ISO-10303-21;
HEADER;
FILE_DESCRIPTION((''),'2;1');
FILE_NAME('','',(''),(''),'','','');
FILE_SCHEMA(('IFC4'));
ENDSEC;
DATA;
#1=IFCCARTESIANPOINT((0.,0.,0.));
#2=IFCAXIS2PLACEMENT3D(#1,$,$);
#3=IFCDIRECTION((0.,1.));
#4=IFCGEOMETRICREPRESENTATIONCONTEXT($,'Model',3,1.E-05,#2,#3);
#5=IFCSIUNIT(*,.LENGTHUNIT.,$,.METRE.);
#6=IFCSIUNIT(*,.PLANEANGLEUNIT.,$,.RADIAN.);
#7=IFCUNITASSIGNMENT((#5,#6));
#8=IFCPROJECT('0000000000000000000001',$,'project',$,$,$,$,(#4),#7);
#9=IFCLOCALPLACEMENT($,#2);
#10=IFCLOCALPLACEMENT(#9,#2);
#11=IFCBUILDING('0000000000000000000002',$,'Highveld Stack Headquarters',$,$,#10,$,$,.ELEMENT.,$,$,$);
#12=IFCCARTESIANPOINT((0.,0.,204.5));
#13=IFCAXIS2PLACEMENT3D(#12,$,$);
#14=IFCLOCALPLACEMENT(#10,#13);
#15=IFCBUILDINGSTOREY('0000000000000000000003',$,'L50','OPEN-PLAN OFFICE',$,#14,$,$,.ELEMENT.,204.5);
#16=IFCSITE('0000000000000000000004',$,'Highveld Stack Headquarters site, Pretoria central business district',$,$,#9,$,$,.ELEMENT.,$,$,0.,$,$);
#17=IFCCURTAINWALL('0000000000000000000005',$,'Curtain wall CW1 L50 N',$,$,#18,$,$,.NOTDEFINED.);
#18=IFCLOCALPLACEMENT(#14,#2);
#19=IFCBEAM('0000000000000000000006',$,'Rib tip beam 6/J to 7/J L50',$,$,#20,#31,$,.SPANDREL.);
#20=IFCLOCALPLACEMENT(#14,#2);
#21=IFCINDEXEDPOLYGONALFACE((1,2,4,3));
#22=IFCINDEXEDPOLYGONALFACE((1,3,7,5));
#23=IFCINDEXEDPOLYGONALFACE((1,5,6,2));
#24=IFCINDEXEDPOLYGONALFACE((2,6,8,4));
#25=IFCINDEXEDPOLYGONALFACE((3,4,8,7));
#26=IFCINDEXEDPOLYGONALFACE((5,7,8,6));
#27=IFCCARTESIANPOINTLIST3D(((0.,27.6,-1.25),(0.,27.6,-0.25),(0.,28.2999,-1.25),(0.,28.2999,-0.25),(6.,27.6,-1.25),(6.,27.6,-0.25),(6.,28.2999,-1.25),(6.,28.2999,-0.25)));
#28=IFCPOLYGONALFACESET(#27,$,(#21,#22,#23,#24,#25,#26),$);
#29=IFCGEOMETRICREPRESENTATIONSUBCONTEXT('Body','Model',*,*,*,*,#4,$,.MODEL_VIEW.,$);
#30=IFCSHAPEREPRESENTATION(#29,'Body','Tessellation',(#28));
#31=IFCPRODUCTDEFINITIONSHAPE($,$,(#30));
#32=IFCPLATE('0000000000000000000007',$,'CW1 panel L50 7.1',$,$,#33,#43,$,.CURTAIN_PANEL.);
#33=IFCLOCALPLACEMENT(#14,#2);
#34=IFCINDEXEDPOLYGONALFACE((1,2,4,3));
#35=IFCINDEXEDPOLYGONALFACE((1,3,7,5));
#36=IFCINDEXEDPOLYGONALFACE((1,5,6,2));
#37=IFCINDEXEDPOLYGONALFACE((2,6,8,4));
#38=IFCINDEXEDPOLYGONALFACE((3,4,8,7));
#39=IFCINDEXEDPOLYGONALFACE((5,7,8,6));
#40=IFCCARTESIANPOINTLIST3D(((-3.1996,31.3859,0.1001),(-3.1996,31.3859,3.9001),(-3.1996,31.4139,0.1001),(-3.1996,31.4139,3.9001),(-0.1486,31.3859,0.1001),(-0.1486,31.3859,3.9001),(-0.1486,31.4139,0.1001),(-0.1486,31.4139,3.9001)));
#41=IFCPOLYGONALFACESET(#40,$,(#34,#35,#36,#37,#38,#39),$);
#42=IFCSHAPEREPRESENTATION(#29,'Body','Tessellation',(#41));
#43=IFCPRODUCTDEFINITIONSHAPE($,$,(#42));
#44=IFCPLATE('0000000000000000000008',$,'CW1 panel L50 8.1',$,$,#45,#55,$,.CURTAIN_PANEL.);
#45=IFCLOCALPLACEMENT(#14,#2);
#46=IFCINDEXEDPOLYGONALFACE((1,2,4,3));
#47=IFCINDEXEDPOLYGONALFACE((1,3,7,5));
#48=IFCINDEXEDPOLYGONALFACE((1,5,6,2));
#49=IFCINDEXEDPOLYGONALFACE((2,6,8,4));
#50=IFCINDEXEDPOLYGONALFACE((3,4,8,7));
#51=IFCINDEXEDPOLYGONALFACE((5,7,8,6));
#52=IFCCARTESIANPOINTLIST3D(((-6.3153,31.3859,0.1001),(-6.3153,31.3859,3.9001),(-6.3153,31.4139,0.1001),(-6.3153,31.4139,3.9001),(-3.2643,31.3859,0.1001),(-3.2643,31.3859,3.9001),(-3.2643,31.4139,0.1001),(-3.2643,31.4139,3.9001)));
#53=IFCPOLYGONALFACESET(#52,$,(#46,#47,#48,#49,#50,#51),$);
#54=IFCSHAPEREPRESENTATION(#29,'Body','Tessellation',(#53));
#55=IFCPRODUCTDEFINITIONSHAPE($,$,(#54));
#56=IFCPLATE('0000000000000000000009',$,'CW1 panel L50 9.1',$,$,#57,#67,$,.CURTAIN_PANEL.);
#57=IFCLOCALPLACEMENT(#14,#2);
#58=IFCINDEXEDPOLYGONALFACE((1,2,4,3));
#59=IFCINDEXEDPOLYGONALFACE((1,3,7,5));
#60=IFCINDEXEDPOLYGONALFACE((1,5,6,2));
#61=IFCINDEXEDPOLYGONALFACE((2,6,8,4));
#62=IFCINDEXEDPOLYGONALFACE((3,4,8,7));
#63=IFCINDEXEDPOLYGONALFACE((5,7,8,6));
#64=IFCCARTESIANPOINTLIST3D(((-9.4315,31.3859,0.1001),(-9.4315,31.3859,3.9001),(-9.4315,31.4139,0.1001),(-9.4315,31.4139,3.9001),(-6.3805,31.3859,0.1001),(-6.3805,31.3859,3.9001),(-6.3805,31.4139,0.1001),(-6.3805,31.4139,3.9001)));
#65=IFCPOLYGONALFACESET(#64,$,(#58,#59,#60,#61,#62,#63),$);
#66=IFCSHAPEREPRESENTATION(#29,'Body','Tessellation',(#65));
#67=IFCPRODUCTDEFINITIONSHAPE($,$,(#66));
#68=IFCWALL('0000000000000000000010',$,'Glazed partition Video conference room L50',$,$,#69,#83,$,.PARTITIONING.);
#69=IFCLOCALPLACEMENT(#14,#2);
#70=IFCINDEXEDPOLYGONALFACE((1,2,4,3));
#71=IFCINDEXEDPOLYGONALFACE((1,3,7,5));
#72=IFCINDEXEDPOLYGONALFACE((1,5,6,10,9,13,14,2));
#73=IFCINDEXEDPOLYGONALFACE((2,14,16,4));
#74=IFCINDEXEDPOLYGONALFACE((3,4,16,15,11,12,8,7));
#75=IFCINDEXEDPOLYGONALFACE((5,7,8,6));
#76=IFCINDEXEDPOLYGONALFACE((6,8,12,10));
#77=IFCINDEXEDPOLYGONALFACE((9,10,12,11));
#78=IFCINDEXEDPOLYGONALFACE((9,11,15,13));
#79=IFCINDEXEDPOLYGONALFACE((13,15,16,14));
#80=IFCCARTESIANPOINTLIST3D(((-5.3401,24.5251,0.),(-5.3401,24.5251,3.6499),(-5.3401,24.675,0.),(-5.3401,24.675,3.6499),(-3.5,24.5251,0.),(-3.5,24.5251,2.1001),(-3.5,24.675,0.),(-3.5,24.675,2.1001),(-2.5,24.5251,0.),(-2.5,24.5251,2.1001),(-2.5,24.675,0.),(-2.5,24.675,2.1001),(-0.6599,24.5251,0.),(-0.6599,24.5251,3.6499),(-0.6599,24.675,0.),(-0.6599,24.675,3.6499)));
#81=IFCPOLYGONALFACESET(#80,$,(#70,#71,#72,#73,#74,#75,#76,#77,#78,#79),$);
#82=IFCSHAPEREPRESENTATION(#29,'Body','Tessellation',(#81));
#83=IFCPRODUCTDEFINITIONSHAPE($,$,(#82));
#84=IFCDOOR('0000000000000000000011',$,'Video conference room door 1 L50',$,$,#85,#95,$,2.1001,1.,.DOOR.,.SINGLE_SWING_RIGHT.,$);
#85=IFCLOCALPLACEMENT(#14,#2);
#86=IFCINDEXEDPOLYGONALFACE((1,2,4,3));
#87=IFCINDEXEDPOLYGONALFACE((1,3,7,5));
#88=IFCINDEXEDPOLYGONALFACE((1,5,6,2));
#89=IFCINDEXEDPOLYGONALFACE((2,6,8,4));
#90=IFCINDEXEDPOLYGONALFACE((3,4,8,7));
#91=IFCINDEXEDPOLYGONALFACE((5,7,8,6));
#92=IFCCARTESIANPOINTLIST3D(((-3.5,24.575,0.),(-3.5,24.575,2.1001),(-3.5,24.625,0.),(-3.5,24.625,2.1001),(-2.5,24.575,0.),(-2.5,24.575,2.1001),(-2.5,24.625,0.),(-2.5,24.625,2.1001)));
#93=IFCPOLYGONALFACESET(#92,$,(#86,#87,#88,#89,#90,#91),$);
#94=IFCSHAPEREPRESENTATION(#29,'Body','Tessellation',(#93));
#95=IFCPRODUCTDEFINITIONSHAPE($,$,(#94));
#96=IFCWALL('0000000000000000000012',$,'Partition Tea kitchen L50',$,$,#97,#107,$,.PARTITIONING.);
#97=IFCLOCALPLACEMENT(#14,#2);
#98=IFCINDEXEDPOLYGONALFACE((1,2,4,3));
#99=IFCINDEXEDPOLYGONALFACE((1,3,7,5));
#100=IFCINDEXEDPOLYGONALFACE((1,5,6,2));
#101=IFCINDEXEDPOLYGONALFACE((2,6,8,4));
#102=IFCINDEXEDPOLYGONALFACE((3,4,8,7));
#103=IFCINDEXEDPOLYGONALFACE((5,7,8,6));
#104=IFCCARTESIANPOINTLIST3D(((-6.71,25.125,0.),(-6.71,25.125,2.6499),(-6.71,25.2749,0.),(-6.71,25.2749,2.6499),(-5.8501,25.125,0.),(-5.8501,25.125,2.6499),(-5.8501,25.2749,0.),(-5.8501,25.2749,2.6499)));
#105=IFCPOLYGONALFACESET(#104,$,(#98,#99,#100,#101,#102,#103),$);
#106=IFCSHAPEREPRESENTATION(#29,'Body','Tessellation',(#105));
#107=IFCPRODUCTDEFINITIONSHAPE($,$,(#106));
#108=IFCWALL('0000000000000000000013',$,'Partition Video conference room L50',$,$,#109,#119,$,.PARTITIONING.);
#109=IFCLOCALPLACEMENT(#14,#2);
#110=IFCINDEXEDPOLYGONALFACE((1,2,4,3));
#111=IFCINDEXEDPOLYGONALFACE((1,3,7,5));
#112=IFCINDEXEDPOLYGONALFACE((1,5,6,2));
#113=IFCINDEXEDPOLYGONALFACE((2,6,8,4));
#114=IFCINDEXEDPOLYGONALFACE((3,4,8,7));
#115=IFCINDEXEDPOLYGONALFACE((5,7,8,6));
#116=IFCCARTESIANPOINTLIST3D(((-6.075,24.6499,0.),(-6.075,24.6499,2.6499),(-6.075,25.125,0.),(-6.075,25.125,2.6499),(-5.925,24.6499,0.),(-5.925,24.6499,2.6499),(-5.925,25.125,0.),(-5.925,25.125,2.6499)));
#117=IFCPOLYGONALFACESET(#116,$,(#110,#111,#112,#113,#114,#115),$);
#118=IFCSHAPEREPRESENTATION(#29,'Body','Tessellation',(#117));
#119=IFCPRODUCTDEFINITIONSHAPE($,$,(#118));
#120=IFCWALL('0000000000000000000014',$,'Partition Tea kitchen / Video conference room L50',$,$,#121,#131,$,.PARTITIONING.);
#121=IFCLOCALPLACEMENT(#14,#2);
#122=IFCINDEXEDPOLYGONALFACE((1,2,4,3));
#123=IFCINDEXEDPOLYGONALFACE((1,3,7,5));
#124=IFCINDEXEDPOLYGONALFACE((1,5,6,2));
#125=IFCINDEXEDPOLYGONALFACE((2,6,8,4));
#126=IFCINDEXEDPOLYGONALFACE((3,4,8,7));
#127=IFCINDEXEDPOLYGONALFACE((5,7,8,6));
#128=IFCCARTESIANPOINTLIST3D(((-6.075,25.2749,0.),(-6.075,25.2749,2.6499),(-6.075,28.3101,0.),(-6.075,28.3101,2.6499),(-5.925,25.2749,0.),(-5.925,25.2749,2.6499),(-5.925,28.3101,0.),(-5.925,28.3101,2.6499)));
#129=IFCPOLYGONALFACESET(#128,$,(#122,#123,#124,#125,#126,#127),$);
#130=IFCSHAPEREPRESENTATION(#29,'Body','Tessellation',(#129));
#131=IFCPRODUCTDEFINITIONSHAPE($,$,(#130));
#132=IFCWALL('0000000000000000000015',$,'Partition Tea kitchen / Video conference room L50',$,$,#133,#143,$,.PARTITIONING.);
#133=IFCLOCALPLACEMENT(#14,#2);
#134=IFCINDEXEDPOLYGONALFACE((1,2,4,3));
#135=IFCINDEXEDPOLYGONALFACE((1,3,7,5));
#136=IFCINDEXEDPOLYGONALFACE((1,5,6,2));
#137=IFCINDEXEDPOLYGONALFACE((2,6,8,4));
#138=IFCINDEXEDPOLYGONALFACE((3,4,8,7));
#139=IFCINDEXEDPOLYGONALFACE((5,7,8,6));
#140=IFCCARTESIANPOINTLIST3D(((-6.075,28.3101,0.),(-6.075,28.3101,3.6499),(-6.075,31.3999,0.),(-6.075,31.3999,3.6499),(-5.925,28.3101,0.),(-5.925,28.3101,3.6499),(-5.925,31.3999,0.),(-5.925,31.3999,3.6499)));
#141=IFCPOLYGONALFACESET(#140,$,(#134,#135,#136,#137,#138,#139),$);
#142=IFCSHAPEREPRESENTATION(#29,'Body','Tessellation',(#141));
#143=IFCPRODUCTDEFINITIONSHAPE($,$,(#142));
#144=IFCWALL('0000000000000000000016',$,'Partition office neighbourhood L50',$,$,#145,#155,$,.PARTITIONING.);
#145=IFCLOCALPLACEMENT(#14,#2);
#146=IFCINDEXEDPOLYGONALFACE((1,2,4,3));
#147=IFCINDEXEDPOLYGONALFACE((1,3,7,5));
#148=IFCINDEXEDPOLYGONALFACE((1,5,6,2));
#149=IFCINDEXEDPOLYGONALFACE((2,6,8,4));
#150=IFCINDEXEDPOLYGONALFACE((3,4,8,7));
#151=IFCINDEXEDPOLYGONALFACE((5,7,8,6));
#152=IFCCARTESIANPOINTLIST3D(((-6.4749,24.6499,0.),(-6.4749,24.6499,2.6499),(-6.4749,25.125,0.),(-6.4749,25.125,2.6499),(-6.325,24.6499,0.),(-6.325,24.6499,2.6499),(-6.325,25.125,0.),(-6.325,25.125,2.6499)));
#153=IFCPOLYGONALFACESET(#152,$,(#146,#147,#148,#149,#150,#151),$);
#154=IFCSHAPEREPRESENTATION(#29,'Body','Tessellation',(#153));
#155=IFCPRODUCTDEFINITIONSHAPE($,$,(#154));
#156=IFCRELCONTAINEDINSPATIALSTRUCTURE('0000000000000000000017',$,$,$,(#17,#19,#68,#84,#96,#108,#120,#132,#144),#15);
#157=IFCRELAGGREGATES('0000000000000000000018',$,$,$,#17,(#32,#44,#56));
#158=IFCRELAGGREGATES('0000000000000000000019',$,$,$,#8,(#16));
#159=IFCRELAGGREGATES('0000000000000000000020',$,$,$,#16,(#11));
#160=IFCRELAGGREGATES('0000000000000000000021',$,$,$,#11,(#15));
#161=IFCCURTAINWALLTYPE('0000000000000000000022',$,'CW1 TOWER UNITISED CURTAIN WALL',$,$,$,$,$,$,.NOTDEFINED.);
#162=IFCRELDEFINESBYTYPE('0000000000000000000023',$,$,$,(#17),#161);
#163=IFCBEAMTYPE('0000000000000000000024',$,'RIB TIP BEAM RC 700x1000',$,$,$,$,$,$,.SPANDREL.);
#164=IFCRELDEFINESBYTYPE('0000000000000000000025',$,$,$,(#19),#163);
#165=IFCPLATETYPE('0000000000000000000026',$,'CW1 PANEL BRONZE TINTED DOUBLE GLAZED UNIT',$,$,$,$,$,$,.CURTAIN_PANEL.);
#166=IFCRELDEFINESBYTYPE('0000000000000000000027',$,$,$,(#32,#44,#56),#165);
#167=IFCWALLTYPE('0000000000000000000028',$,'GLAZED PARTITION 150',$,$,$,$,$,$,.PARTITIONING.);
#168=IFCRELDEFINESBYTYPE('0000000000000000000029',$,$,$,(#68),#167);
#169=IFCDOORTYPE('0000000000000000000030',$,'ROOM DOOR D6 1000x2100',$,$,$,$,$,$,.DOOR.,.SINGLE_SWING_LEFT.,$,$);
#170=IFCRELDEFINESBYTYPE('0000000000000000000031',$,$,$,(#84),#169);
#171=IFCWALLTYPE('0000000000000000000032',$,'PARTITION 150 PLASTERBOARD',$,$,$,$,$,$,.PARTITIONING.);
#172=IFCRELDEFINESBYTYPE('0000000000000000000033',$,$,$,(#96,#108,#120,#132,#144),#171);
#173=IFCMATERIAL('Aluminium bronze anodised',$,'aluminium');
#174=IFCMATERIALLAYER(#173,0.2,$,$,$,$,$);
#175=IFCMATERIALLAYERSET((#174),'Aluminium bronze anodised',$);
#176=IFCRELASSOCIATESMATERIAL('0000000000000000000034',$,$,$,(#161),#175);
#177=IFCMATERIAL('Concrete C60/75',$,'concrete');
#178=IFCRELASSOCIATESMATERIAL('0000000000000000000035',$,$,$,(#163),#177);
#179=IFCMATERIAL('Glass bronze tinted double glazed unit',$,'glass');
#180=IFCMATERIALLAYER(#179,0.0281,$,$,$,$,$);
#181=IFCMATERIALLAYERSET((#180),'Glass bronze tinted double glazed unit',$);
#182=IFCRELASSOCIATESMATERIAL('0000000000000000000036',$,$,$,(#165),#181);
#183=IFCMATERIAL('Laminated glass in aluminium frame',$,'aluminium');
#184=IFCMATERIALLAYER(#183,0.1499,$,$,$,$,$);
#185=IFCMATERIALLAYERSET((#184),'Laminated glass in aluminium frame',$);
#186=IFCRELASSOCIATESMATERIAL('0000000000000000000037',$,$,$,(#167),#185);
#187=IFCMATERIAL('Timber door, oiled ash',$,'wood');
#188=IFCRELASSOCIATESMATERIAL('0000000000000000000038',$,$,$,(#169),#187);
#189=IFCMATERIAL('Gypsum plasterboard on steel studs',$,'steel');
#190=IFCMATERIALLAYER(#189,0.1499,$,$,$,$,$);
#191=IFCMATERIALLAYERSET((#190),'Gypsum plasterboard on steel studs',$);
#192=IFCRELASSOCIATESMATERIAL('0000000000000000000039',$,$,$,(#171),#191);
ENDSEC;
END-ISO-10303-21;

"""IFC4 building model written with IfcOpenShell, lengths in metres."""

from ifc_helpers import new_model, si_unit, direction, frame, frame_2d, origin, origin_2d, place, context, subcontext, project, spatial, rectangle, extrude, material, layer, layer_set, material_profile, profile_set, type_object, element, fill, aggregate, save


model = new_model("IFC4")

# Units and contexts
model_context = context("Model", 3, precision=1e-05, world=origin(), true_north=direction((0.0, 1.0)))
body_context = subcontext(model_context, "Body", "Model", "MODEL_VIEW")
ifc_project = project(units=[si_unit("LENGTHUNIT", "METRE"), si_unit("PLANEANGLEUNIT", "RADIAN")], contexts=[model_context])

# Site, building, storey
site_placement = place(None, origin())
site = spatial("IfcSite", under=ifc_project, at=site_placement, Name="Highveld Stack Headquarters site, Pretoria central business district", CompositionType="ELEMENT", RefElevation=0.0)
building_placement = place(site_placement, origin())
building = spatial("IfcBuilding", under=site, at=building_placement, Name="Highveld Stack Headquarters", CompositionType="ELEMENT")
storey_placement = place(building_placement, frame((0.0, 0.0, 204.5)))
storey = spatial("IfcBuildingStorey", under=building, at=storey_placement, Name="L50", Description="OPEN-PLAN OFFICE", CompositionType="ELEMENT", Elevation=204.5)

# Curtain wall
ifc_material_1 = material(Name="Aluminium bronze anodised", Category="aluminium")
ifc_layer_1 = layer(ifc_material_1, 0.2)
ifc_layer_set_1 = layer_set([ifc_layer_1], Name="Aluminium bronze anodised")
curtain_wall_type = type_object("IfcCurtainWallType", Name="CW1 TOWER UNITISED CURTAIN WALL", PredefinedType="NOTDEFINED", material=ifc_layer_set_1)
curtain_wall_placement = place(storey_placement, origin())
curtain_wall = element("IfcCurtainWall", 1, at=curtain_wall_placement, inside=storey, type_object=curtain_wall_type, Name="Curtain wall CW1 L50 N", PredefinedType="NOTDEFINED")

# Beam
ifc_material_2 = material(Name="Concrete C60/75", Category="concrete")
ifc_material_profile_1 = material_profile(ifc_material_2, rectangle(XDim=0.7, YDim=1.0, at=origin_2d()), Name="RC 700x1000")
ifc_profile_set_1 = profile_set([ifc_material_profile_1], Name="Concrete C60/75")
beam_type_1 = type_object("IfcBeamType", Name="RIB TIP BEAM RC 700x1000", PredefinedType="SPANDREL", material=ifc_profile_set_1)
for number, where, z_axis, x_axis, name in (
    (2, (0.0, 27.95, -0.75), (1.0, 0.0, 0.0), (0.0, 1.0, 0.0), "Rib tip beam 6/J to 7/J L50"),
):
    element("IfcBeam", number, at=place(storey_placement, frame(where, z_axis=z_axis, x_axis=x_axis)), inside=storey, type_object=beam_type_1, Name=name, PredefinedType="SPANDREL", context=body_context, shape_type="SweptSolid", body=[
        extrude(rectangle(XDim=0.7, YDim=1.0, at=origin_2d()), origin(), (0.0, 0.0, 1.0), 6.0),
    ])

# Plates
ifc_material_3 = material(Name="Glass bronze tinted double glazed unit", Category="glass")
ifc_layer_2 = layer(ifc_material_3, 0.0281)
ifc_layer_set_2 = layer_set([ifc_layer_2], Name="Glass bronze tinted double glazed unit")
plate_type = type_object("IfcPlateType", Name="CW1 PANEL BRONZE TINTED DOUBLE GLAZED UNIT", PredefinedType="CURTAIN_PANEL", material=ifc_layer_set_2)
plate_1_placement = place(storey_placement, frame((-1.6741, 31.3999, 0.1001), z_axis=(0.0, 0.0, 1.0), x_axis=(-1.0, 0.0, 0.0)))
plate_1 = element("IfcPlate", 3, at=plate_1_placement, type_object=plate_type, Name="CW1 panel L50 7.1", PredefinedType="CURTAIN_PANEL", context=body_context, shape_type="SweptSolid", body=[
    extrude(rectangle(XDim=3.051, YDim=0.0281, at=origin_2d()), origin(), (0.0, 0.0, 1.0), 3.8),
])
plate_2_placement = place(storey_placement, frame((-4.7898, 31.3999, 0.1001), z_axis=(0.0, 0.0, 1.0), x_axis=(-1.0, 0.0, 0.0)))
plate_2 = element("IfcPlate", 4, at=plate_2_placement, type_object=plate_type, Name="CW1 panel L50 8.1", PredefinedType="CURTAIN_PANEL", context=body_context, shape_type="SweptSolid", body=[
    extrude(rectangle(XDim=3.051, YDim=0.0281, at=origin_2d()), origin(), (0.0, 0.0, 1.0), 3.8),
])
plate_3_placement = place(storey_placement, frame((-7.906, 31.3999, 0.1001), z_axis=(0.0, 0.0, 1.0), x_axis=(-1.0, 0.0, 0.0)))
plate_3 = element("IfcPlate", 5, at=plate_3_placement, type_object=plate_type, Name="CW1 panel L50 9.1", PredefinedType="CURTAIN_PANEL", context=body_context, shape_type="SweptSolid", body=[
    extrude(rectangle(XDim=3.051, YDim=0.0281, at=origin_2d()), origin(), (0.0, 0.0, 1.0), 3.8),
])
aggregate(curtain_wall, [plate_1, plate_2, plate_3])

# Wall, opening, door
ifc_material_4 = material(Name="Laminated glass in aluminium frame", Category="aluminium")
ifc_layer_3 = layer(ifc_material_4, 0.1499)
ifc_layer_set_3 = layer_set([ifc_layer_3], Name="Laminated glass in aluminium frame")
wall_type_1 = type_object("IfcWallType", Name="GLAZED PARTITION 150", PredefinedType="PARTITIONING", material=ifc_layer_set_3)
wall_1_placement = place(storey_placement, frame((-5.3401, 24.6001, 0.0), z_axis=(0.0, 0.0, 1.0), x_axis=(1.0, 0.0, 0.0)))
wall_1 = element("IfcWall", 6, at=wall_1_placement, inside=storey, type_object=wall_type_1, Name="Glazed partition Video conference room L50", PredefinedType="PARTITIONING", context=body_context, shape_type="SweptSolid", body=[
    extrude(rectangle(XDim=4.6802, YDim=0.1499, at=frame_2d((2.3401, 0.0))), origin(), (0.0, 0.0, 1.0), 3.6499),
])
opening_placement = place(wall_1_placement, frame((1.8401, 0.0, 0.0)))
opening = element("IfcOpeningElement", 7, at=opening_placement, cuts=wall_1, PredefinedType="OPENING", context=body_context, shape_type="SweptSolid", body=[
    extrude(rectangle(XDim=1.0, YDim=2.1001, at=frame_2d((0.5, 1.05))), frame((0.0, 0.085, 0.0), z_axis=(0.0, -1.0, 0.0), x_axis=(1.0, 0.0, 0.0)), (0.0, 0.0, 1.0), 0.1699),
])
ifc_material_5 = material(Name="Timber door, oiled ash", Category="wood")
door_type = type_object("IfcDoorType", Name="ROOM DOOR D6 1000x2100", OperationType="SINGLE_SWING_LEFT", PredefinedType="DOOR", material=ifc_material_5)
door_placement = place(opening_placement, origin())
door = element("IfcDoor", 8, at=door_placement, inside=storey, type_object=door_type, Name="Video conference room door 1 L50", OperationType="SINGLE_SWING_RIGHT", OverallHeight=2.1001, OverallWidth=1.0, PredefinedType="DOOR", context=body_context, shape_type="SweptSolid", body=[
    extrude(rectangle(XDim=1.0, YDim=2.1001, at=frame_2d((0.5, 1.05))), frame((0.0, 0.0249, 0.0), z_axis=(0.0, -1.0, 0.0), x_axis=(1.0, 0.0, 0.0)), (0.0, 0.0, 1.0), 0.05),
])
fill(opening, door)

# Walls
ifc_material_6 = material(Name="Gypsum plasterboard on steel studs", Category="steel")
ifc_layer_4 = layer(ifc_material_6, 0.1499)
ifc_layer_set_4 = layer_set([ifc_layer_4], Name="Gypsum plasterboard on steel studs")
wall_type_2 = type_object("IfcWallType", Name="PARTITION 150 PLASTERBOARD", PredefinedType="PARTITIONING", material=ifc_layer_set_4)
wall_2_placement = place(storey_placement, frame((-6.71, 25.2, 0.0), z_axis=(0.0, 0.0, 1.0), x_axis=(1.0, 0.0, 0.0)))
element("IfcWall", 9, at=wall_2_placement, inside=storey, type_object=wall_type_2, Name="Partition Tea kitchen L50", PredefinedType="PARTITIONING", context=body_context, shape_type="SweptSolid", body=[
    extrude(rectangle(XDim=0.8599, YDim=0.1499, at=frame_2d((0.4299, 0.0))), origin(), (0.0, 0.0, 1.0), 2.6499),
])
wall_3_placement = place(storey_placement, frame((-6.0, 24.6499, 0.0), z_axis=(0.0, 0.0, 1.0), x_axis=(0.0, 1.0, 0.0)))
element("IfcWall", 10, at=wall_3_placement, inside=storey, type_object=wall_type_2, Name="Partition Video conference room L50", PredefinedType="PARTITIONING", context=body_context, shape_type="SweptSolid", body=[
    extrude(rectangle(XDim=0.4751, YDim=0.1499, at=frame_2d((0.2375, 0.0))), origin(), (0.0, 0.0, 1.0), 2.6499),
])
wall_4_placement = place(storey_placement, frame((-6.0, 25.2749, 0.0), z_axis=(0.0, 0.0, 1.0), x_axis=(0.0, 1.0, 0.0)))
element("IfcWall", 11, at=wall_4_placement, inside=storey, type_object=wall_type_2, Name="Partition Tea kitchen / Video conference room L50", PredefinedType="PARTITIONING", context=body_context, shape_type="SweptSolid", body=[
    extrude(rectangle(XDim=3.0352, YDim=0.1499, at=frame_2d((1.5176, 0.0))), origin(), (0.0, 0.0, 1.0), 2.6499),
])
wall_5_placement = place(storey_placement, frame((-6.0, 28.3101, 0.0), z_axis=(0.0, 0.0, 1.0), x_axis=(0.0, 1.0, 0.0)))
element("IfcWall", 12, at=wall_5_placement, inside=storey, type_object=wall_type_2, Name="Partition Tea kitchen / Video conference room L50", PredefinedType="PARTITIONING", context=body_context, shape_type="SweptSolid", body=[
    extrude(rectangle(XDim=3.0898, YDim=0.1499, at=frame_2d((1.5449, 0.0))), origin(), (0.0, 0.0, 1.0), 3.6499),
])
wall_6_placement = place(storey_placement, frame((-6.3999, 24.6499, 0.0), z_axis=(0.0, 0.0, 1.0), x_axis=(0.0, 1.0, 0.0)))
element("IfcWall", 13, at=wall_6_placement, inside=storey, type_object=wall_type_2, Name="Partition office neighbourhood L50", PredefinedType="PARTITIONING", context=body_context, shape_type="SweptSolid", body=[
    extrude(rectangle(XDim=0.4751, YDim=0.1499, at=frame_2d((0.2375, 0.0))), origin(), (0.0, 0.0, 1.0), 2.6499),
])

save(model, "model.ifc")
